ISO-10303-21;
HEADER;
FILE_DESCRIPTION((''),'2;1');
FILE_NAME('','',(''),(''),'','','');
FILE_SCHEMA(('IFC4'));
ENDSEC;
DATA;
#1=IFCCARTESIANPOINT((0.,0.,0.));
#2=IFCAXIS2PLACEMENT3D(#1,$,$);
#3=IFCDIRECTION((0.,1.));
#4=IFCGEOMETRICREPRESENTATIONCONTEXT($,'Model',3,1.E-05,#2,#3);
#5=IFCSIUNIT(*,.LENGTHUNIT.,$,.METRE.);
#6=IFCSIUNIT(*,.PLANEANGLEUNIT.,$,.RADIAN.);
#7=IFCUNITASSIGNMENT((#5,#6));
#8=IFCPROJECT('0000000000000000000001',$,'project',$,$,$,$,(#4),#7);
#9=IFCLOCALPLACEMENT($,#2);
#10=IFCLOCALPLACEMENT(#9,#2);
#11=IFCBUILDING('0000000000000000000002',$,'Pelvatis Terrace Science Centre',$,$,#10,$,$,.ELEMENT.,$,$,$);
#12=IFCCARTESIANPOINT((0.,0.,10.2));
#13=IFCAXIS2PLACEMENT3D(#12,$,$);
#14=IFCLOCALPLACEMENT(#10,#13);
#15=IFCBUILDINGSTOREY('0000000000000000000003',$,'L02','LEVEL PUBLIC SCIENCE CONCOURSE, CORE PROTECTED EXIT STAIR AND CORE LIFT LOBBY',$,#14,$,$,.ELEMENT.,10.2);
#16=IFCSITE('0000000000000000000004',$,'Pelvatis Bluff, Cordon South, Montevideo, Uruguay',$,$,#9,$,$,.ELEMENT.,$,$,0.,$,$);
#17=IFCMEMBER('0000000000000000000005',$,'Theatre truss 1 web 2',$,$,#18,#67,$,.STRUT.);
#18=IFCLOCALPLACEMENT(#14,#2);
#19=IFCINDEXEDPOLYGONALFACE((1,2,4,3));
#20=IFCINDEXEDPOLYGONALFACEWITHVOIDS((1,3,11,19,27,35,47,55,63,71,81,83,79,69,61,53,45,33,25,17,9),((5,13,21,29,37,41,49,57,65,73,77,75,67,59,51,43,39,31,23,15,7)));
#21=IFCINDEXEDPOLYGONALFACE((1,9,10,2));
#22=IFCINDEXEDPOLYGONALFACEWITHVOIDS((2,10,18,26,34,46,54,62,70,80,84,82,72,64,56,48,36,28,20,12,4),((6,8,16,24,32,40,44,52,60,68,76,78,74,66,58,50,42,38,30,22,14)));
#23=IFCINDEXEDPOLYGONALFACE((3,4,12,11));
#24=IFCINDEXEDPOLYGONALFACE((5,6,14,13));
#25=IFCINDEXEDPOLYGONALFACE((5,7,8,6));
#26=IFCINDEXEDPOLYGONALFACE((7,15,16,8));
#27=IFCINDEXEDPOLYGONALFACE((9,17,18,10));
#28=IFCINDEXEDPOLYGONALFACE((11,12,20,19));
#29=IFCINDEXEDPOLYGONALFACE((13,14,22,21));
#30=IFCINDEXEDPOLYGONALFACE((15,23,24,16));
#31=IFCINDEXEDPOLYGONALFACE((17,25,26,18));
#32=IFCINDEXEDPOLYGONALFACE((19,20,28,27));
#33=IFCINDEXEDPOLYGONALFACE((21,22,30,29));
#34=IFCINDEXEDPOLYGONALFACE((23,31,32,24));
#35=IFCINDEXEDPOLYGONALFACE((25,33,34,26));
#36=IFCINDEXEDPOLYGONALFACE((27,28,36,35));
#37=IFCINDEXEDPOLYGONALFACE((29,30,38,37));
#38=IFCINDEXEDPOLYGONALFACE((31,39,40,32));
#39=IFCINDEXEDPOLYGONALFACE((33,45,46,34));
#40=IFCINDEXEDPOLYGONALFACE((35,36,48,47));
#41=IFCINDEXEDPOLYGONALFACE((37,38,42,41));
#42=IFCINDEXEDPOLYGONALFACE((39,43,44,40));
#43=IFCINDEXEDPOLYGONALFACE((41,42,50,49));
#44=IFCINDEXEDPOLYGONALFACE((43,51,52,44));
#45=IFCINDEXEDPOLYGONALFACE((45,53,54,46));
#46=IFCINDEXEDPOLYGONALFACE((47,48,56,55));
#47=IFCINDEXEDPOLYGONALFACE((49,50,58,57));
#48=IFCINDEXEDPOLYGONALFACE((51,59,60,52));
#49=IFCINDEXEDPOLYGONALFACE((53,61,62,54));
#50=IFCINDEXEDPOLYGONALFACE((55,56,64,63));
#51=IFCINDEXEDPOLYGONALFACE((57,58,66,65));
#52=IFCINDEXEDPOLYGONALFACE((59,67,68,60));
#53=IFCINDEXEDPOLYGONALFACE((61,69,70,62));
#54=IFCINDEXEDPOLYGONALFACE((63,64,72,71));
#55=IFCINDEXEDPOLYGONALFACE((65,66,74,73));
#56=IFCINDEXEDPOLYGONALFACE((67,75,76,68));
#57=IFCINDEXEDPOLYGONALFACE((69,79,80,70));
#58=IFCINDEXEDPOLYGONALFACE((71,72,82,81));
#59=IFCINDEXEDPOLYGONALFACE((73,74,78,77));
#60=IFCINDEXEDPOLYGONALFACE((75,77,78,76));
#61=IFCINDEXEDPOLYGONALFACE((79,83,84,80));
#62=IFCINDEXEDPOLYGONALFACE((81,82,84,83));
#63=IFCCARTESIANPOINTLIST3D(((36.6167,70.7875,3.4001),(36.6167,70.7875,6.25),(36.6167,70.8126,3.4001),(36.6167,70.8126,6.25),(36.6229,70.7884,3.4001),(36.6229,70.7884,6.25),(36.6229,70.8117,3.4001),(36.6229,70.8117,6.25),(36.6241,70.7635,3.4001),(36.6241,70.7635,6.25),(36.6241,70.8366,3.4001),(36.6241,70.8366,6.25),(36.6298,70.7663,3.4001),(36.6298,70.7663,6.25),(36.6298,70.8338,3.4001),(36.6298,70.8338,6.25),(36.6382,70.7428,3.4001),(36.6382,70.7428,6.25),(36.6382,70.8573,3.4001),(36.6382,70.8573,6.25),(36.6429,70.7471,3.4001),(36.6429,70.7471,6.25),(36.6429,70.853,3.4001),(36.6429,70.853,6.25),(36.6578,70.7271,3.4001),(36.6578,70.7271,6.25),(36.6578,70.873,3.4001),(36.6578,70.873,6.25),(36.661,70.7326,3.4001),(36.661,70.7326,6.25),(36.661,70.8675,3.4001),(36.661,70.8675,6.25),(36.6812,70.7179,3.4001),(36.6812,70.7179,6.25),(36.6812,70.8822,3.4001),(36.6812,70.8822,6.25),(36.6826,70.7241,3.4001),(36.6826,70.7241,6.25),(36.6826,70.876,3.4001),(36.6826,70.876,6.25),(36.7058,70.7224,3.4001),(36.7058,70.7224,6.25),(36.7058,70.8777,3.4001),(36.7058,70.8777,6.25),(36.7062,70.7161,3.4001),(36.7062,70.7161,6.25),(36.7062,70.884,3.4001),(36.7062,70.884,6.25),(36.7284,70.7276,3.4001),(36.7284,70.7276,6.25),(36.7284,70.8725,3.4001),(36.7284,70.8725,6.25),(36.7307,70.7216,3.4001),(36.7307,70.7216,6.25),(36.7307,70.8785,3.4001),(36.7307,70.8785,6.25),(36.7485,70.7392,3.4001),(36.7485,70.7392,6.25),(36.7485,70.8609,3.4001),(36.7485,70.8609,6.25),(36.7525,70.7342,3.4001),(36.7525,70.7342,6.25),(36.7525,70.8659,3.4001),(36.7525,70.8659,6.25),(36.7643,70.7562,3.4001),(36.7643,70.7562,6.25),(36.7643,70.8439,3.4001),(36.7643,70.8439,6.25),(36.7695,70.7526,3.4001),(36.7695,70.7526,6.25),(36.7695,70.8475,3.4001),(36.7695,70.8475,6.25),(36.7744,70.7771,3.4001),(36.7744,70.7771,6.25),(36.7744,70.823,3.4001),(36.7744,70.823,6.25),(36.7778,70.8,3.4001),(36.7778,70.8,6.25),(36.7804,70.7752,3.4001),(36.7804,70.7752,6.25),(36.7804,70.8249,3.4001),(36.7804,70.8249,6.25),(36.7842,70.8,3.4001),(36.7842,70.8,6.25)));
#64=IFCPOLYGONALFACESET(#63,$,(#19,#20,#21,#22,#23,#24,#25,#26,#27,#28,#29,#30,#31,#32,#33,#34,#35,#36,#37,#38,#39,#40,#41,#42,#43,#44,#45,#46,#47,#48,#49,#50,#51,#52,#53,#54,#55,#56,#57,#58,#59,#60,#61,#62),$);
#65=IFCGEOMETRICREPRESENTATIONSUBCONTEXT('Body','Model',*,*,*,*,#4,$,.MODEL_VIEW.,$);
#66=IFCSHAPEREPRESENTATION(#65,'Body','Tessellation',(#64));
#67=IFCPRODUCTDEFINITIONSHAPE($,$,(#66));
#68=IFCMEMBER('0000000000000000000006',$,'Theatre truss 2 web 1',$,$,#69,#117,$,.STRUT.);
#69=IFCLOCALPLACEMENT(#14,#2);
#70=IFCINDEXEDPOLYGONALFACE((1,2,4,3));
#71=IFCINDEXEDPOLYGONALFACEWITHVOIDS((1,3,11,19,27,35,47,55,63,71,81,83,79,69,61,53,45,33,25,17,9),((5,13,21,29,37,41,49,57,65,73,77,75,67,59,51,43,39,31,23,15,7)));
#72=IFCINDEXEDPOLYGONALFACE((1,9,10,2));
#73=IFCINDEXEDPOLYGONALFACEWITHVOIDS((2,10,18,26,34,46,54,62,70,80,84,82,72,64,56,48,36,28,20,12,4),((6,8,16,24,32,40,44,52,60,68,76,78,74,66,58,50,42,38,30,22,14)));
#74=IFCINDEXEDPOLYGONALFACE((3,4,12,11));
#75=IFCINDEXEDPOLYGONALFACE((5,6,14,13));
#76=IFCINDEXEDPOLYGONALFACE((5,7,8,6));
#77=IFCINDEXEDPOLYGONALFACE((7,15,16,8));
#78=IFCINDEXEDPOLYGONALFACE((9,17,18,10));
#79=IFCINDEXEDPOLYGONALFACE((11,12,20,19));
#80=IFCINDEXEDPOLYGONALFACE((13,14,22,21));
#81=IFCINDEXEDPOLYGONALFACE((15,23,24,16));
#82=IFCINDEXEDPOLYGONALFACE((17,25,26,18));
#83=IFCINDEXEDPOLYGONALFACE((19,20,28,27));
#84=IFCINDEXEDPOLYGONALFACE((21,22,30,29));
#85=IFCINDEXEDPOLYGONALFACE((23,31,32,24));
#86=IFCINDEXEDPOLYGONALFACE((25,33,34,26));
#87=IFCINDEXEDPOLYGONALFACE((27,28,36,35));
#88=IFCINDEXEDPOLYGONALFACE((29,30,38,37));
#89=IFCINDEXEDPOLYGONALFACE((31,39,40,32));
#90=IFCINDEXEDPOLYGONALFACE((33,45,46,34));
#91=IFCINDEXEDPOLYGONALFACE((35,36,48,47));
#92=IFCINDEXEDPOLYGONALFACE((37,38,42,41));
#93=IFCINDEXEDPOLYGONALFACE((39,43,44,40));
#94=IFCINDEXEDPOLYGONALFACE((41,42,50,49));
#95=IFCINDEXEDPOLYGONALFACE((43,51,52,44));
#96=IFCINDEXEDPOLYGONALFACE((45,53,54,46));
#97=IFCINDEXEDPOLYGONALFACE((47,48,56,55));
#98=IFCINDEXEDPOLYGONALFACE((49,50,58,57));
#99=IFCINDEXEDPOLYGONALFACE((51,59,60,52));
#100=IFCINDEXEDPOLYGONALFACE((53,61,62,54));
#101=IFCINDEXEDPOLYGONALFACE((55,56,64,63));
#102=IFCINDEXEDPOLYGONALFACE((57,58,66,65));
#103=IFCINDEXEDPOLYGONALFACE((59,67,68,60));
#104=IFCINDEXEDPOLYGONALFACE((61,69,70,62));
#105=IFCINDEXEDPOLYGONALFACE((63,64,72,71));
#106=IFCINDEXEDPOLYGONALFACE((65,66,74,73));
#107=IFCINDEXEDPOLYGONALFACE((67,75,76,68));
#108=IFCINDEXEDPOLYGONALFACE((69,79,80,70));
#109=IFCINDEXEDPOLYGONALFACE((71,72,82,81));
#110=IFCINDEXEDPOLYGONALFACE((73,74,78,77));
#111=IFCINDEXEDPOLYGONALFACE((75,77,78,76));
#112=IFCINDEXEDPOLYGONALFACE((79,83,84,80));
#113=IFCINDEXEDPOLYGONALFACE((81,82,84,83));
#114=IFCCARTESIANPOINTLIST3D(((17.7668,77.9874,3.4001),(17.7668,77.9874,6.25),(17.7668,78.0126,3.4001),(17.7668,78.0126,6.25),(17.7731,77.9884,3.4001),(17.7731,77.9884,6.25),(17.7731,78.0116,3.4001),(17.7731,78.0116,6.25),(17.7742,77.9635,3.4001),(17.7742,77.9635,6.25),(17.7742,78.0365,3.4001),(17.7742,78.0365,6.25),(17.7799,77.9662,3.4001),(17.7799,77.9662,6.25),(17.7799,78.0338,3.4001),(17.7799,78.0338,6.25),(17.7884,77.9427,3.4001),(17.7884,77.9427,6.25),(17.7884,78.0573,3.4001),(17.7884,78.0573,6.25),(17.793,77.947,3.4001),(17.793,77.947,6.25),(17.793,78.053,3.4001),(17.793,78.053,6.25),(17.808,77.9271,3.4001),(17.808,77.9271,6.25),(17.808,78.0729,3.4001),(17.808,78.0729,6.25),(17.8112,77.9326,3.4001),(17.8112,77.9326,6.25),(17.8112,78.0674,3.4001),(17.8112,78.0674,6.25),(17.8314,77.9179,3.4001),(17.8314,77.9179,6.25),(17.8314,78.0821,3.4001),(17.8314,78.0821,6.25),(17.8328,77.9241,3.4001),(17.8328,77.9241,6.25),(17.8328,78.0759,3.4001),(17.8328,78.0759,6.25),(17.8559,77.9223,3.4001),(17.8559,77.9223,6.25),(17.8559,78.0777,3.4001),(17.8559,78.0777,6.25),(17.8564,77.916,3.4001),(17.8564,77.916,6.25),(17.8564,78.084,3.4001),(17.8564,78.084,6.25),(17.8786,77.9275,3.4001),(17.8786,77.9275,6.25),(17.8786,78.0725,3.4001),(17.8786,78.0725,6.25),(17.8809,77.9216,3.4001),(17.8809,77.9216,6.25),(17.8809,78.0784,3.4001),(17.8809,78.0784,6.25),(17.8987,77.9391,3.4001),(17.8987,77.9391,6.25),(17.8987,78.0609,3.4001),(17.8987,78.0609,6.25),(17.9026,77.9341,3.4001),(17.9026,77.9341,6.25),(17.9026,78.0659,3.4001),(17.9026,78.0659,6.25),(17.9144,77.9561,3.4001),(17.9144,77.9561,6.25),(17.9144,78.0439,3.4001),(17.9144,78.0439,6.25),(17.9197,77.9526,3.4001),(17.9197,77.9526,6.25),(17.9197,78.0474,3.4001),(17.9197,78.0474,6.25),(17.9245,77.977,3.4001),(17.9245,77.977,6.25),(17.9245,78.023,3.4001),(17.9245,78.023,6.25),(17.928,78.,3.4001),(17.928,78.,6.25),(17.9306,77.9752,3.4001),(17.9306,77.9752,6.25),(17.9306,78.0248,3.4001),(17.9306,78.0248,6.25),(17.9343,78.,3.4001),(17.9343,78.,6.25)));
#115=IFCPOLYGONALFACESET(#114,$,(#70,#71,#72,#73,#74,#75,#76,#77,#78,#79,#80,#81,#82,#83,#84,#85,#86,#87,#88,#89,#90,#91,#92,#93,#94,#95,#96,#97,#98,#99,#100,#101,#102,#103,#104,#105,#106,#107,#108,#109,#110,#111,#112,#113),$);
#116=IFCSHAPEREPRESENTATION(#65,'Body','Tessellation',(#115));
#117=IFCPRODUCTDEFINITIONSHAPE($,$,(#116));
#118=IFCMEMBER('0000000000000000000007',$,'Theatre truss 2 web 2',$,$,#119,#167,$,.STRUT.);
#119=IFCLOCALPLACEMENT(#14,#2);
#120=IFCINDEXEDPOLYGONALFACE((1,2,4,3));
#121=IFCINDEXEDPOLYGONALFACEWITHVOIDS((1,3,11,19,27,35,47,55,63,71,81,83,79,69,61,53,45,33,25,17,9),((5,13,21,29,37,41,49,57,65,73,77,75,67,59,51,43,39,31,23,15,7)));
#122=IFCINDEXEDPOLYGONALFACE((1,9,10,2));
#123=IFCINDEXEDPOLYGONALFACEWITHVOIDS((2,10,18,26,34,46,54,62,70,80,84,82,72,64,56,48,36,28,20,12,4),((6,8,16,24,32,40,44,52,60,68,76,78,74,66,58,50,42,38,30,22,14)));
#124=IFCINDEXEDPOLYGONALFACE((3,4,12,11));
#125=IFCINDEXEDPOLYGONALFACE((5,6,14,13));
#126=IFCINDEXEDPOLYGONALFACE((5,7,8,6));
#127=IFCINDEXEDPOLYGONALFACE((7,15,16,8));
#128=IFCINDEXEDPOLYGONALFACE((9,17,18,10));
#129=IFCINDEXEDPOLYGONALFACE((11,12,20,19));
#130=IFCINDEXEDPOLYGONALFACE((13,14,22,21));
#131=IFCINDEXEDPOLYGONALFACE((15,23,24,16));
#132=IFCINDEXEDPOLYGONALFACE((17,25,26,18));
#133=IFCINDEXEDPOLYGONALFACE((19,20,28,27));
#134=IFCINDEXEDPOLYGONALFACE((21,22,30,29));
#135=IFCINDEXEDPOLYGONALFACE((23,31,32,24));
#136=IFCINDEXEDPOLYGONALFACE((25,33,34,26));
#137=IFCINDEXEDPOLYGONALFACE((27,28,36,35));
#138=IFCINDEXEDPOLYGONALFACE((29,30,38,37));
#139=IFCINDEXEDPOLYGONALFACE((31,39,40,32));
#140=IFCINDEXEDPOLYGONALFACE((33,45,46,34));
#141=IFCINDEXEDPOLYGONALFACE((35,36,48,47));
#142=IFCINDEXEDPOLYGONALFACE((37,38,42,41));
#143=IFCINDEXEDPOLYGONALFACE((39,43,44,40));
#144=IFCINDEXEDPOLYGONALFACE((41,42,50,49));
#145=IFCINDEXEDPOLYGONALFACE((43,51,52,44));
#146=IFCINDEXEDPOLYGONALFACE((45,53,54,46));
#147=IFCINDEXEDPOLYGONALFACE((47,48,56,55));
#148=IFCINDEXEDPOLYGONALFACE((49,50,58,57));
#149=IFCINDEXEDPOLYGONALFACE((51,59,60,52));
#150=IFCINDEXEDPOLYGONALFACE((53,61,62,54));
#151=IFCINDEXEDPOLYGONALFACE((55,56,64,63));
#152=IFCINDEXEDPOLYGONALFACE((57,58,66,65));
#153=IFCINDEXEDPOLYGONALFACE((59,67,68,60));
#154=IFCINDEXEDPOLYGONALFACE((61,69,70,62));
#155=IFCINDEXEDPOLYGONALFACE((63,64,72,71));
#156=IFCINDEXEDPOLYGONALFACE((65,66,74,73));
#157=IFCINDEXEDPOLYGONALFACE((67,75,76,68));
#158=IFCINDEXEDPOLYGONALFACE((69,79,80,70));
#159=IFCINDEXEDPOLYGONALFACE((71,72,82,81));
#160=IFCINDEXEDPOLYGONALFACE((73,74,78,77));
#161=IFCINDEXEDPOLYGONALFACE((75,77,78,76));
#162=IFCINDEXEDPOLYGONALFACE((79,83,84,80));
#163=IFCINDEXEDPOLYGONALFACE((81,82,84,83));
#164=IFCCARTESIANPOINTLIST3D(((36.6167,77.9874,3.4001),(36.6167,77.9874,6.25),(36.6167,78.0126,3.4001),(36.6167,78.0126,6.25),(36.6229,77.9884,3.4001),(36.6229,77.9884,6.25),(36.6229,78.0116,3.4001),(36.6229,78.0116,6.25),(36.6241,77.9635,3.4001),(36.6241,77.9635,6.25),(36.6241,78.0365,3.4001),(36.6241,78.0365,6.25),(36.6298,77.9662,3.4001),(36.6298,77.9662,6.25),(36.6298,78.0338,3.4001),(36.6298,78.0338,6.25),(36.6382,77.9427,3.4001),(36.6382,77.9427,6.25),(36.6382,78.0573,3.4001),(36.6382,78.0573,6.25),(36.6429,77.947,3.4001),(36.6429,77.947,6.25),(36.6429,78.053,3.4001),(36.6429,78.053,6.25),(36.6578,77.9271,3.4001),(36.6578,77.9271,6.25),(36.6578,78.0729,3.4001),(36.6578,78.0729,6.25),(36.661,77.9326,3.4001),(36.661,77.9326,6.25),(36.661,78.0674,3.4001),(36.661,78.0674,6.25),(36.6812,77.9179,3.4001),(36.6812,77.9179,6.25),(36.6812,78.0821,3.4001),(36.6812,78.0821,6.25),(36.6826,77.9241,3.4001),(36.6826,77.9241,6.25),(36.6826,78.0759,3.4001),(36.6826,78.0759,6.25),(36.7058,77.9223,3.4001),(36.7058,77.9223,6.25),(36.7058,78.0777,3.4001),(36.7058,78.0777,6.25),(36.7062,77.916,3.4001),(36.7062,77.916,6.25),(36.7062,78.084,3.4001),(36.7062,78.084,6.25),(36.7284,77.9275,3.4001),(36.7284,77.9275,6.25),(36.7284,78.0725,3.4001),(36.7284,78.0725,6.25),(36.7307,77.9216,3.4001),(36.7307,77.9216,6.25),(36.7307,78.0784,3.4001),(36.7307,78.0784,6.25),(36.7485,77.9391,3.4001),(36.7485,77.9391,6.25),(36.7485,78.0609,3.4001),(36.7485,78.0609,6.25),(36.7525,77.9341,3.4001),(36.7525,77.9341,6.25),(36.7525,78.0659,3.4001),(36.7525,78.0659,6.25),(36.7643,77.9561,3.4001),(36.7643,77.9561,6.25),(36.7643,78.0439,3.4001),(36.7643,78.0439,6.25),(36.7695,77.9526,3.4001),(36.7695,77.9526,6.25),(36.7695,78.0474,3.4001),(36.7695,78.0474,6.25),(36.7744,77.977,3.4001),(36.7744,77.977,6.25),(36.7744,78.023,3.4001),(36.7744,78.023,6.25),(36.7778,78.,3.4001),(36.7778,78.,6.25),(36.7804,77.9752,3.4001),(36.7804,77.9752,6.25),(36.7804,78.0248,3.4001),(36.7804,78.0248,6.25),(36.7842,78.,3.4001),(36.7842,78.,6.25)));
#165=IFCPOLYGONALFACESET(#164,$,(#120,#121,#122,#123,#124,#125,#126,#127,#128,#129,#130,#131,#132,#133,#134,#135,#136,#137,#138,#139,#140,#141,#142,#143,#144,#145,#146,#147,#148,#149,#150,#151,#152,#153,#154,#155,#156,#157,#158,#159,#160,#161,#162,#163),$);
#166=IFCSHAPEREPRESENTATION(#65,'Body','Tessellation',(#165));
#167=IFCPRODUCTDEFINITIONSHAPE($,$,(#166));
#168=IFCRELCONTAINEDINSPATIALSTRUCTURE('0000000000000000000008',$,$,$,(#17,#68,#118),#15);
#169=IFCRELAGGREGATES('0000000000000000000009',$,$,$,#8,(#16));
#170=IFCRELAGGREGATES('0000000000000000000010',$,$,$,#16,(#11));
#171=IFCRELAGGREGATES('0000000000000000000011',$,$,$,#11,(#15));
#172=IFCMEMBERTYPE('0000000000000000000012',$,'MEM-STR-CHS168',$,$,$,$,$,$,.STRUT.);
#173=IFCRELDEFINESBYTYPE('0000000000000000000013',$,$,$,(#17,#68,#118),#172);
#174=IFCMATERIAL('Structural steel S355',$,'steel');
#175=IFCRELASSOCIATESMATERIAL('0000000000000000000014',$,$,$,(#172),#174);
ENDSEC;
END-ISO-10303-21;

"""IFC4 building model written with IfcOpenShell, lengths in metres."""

from ifc_helpers import new_model, si_unit, direction, frame, origin, origin_2d, place, context, subcontext, project, spatial, hollow_circle, extrude, material, material_profile, profile_set, type_object, element, save


model = new_model("IFC4")

# Units and contexts
model_context = context("Model", 3, precision=1e-05, world=origin(), true_north=direction((0.0, 1.0)))
body_context = subcontext(model_context, "Body", "Model", "MODEL_VIEW")
ifc_project = project(units=[si_unit("LENGTHUNIT", "METRE"), si_unit("PLANEANGLEUNIT", "RADIAN")], contexts=[model_context])

# Site, building, storey
site_placement = place(None, origin())
site = spatial("IfcSite", under=ifc_project, at=site_placement, Name="Pelvatis Bluff, Cordon South, Montevideo, Uruguay", CompositionType="ELEMENT", RefElevation=0.0)
building_placement = place(site_placement, origin())
building = spatial("IfcBuilding", under=site, at=building_placement, Name="Pelvatis Terrace Science Centre", CompositionType="ELEMENT")
storey_placement = place(building_placement, frame((0.0, 0.0, 10.2)))
storey = spatial("IfcBuildingStorey", under=building, at=storey_placement, Name="L02", Description="LEVEL PUBLIC SCIENCE CONCOURSE, CORE PROTECTED EXIT STAIR AND CORE LIFT LOBBY", CompositionType="ELEMENT", Elevation=10.2)

# Members
ifc_material_1 = material(Name="Structural steel S355", Category="steel")
ifc_material_profile_1 = material_profile(ifc_material_1, hollow_circle(Radius=0.0842, WallThickness=0.0063, at=origin_2d()), Name="CHS 168.3x6.3")
ifc_profile_set_1 = profile_set([ifc_material_profile_1], Name="Structural steel S355")
member_type_1 = type_object("IfcMemberType", Name="MEM-STR-CHS168", PredefinedType="STRUT", material=ifc_profile_set_1)
for number, where, z_axis, x_axis, name in (
    (1, (36.7, 70.8, 3.4001), (0.0, 0.0, 1.0), (1.0, 0.0, 0.0), "Theatre truss 1 web 2"),
    (2, (17.8501, 78.0, 3.4001), (0.0, 0.0, 1.0), (1.0, 0.0, 0.0), "Theatre truss 2 web 1"),
    (3, (36.7, 78.0, 3.4001), (0.0, 0.0, 1.0), (1.0, 0.0, 0.0), "Theatre truss 2 web 2"),
):
    element("IfcMember", number, at=place(storey_placement, frame(where, z_axis=z_axis, x_axis=x_axis)), inside=storey, type_object=member_type_1, Name=name, PredefinedType="STRUT", context=body_context, shape_type="SweptSolid", body=[
        extrude(hollow_circle(Radius=0.0842, WallThickness=0.0063, at=origin_2d()), origin(), (0.0, 0.0, 1.0), 2.8499),
    ])

save(model, "model.ifc")
